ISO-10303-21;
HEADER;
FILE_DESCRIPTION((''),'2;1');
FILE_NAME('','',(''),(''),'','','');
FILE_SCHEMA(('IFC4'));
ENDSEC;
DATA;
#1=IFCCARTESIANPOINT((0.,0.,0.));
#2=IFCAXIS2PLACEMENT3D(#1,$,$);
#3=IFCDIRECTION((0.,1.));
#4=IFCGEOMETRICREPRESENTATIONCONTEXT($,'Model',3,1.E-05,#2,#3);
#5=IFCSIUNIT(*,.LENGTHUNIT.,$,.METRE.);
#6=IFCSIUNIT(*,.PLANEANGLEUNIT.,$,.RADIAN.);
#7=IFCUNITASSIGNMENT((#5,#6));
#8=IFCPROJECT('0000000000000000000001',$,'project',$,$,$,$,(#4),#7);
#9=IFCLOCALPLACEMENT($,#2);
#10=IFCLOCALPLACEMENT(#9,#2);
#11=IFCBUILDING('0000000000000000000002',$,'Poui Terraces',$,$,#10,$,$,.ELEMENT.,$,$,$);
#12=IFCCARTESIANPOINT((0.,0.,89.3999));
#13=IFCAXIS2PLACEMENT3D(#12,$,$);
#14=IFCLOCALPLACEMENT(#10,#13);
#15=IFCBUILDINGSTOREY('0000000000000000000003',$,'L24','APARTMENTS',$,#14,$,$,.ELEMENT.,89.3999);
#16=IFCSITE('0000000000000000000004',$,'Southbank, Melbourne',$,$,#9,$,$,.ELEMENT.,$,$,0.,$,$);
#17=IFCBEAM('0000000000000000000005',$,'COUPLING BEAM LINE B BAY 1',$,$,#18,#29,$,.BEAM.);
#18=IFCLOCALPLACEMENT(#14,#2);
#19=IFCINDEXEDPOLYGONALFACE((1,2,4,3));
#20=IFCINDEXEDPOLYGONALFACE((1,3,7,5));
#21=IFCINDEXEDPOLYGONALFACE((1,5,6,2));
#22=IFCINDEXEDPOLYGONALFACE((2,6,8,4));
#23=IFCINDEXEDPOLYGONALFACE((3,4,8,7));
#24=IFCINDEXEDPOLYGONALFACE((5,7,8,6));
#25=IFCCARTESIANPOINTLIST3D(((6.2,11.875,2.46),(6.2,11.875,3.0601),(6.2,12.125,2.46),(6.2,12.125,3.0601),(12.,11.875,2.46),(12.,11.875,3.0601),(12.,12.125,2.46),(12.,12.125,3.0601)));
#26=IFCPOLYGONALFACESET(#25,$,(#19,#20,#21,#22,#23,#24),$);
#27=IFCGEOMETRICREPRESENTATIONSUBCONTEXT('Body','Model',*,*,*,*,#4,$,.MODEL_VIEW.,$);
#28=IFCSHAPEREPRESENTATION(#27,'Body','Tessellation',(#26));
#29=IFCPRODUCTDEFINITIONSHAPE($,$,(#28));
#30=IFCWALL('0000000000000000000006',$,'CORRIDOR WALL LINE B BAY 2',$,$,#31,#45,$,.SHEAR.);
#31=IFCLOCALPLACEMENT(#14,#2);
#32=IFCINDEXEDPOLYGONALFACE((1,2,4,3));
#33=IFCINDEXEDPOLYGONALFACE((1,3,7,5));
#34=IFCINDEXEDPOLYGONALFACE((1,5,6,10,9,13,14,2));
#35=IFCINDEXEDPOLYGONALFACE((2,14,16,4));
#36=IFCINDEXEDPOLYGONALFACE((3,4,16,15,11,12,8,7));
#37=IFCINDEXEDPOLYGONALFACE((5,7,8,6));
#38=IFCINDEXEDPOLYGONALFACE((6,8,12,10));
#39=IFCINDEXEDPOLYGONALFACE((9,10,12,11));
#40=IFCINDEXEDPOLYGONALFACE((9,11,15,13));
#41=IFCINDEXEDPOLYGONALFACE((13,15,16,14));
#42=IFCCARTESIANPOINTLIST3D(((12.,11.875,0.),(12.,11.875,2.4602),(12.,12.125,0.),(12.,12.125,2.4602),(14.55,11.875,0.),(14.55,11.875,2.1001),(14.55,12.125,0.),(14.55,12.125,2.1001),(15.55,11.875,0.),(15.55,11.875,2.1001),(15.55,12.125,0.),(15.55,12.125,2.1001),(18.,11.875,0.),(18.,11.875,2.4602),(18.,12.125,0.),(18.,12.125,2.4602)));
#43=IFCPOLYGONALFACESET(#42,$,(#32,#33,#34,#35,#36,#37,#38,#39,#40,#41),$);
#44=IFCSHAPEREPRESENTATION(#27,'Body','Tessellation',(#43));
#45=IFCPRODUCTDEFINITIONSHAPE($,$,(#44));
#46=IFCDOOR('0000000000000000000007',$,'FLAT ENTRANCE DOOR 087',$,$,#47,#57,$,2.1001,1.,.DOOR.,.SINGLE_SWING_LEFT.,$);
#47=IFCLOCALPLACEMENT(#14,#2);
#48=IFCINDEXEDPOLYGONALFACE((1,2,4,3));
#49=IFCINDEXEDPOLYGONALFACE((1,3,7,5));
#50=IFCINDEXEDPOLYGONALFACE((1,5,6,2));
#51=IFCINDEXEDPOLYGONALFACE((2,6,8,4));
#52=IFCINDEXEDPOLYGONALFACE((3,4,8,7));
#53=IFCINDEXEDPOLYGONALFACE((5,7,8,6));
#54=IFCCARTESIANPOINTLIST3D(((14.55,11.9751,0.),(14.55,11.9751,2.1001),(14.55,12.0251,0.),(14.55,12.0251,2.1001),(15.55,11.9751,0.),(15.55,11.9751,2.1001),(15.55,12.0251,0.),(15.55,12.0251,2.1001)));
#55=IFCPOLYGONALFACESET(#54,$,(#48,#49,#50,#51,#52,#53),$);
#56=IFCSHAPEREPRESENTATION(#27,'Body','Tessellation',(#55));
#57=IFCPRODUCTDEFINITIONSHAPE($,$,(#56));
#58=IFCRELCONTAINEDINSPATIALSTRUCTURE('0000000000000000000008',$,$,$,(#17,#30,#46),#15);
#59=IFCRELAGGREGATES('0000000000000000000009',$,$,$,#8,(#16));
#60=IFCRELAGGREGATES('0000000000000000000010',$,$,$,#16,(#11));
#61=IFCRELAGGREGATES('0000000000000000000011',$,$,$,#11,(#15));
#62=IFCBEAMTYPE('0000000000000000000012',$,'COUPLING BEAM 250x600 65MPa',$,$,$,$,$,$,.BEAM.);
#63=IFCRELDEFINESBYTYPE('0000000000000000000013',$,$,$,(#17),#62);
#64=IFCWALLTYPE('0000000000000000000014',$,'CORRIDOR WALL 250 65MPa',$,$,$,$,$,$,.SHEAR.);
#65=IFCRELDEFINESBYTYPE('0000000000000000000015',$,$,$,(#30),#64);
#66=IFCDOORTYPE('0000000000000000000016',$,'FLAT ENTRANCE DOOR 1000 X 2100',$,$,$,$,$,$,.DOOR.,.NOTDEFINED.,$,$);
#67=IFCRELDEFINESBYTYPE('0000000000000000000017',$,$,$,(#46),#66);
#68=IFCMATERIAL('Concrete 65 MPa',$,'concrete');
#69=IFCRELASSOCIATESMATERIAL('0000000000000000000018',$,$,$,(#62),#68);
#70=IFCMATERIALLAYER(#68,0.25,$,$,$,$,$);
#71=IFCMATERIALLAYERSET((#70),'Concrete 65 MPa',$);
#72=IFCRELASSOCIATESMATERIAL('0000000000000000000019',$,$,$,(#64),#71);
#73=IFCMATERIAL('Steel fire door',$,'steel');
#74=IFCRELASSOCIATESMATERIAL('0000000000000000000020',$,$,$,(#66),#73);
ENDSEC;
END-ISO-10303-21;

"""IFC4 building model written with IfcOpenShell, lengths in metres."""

from ifc_helpers import new_model, si_unit, direction, frame, frame_2d, origin, origin_2d, place, context, subcontext, project, spatial, rectangle, extrude, source, transform, mapped, material, layer, layer_set, material_profile, profile_set, type_object, element, fill, save


model = new_model("IFC4")

# Units and contexts
model_context = context("Model", 3, precision=1e-05, world=origin(), true_north=direction((0.0, 1.0)))
body_context = subcontext(model_context, "Body", "Model", "MODEL_VIEW")
ifc_project = project(units=[si_unit("LENGTHUNIT", "METRE"), si_unit("PLANEANGLEUNIT", "RADIAN")], contexts=[model_context])

# Site, building, storey
site_placement = place(None, origin())
site = spatial("IfcSite", under=ifc_project, at=site_placement, Name="Southbank, Melbourne", CompositionType="ELEMENT", RefElevation=0.0)
building_placement = place(site_placement, origin())
building = spatial("IfcBuilding", under=site, at=building_placement, Name="Poui Terraces", CompositionType="ELEMENT")
storey_placement = place(building_placement, frame((0.0, 0.0, 89.3999)))
storey = spatial("IfcBuildingStorey", under=building, at=storey_placement, Name="L24", Description="APARTMENTS", CompositionType="ELEMENT", Elevation=89.3999)

# Beam
ifc_material_1 = material(Name="Concrete 65 MPa", Category="concrete")
ifc_material_profile = material_profile(ifc_material_1, rectangle(XDim=0.25, YDim=0.6001, at=origin_2d()), Name="RC 250x600")
ifc_profile_set = profile_set([ifc_material_profile], Name="Concrete 65 MPa")
beam_type = type_object("IfcBeamType", Name="COUPLING BEAM 250x600 65MPa", PredefinedType="BEAM", material=ifc_profile_set)
shared_shape = source(origin(), body_context, "Body", "SweptSolid", [
    extrude(rectangle(XDim=0.25, YDim=0.6001, at=origin_2d()), origin(), (0.0, 0.0, 1.0), 5.8),
])
beam_placement = place(storey_placement, frame((6.2, 12.0, 2.76), z_axis=(1.0, 0.0, 0.0), x_axis=(0.0, 1.0, 0.0)))
element("IfcBeam", 1, at=beam_placement, inside=storey, type_object=beam_type, Name="COUPLING BEAM LINE B BAY 1", PredefinedType="BEAM", context=body_context, shape_type="MappedRepresentation", body=[
    mapped(shared_shape, transform((0.0, 0.0, 0.0))),
])

# Wall, opening, door
ifc_layer_1 = layer(ifc_material_1, 0.25)
ifc_layer_set_1 = layer_set([ifc_layer_1], Name="Concrete 65 MPa")
wall_type_1 = type_object("IfcWallType", Name="CORRIDOR WALL 250 65MPa", PredefinedType="SHEAR", material=ifc_layer_set_1)
wall_1_placement = place(storey_placement, frame((12.0, 12.0, 0.0), z_axis=(0.0, 0.0, 1.0), x_axis=(1.0, 0.0, 0.0)))
wall_1 = element("IfcWall", 2, at=wall_1_placement, inside=storey, type_object=wall_type_1, Name="CORRIDOR WALL LINE B BAY 2", PredefinedType="SHEAR", context=body_context, shape_type="SweptSolid", body=[
    extrude(rectangle(XDim=6.0, YDim=0.25, at=frame_2d((3.0, 0.0))), origin(), (0.0, 0.0, 1.0), 2.4602),
])
opening_1_placement = place(wall_1_placement, frame((2.55, 0.0, 0.0)))
opening_1 = element("IfcOpeningElement", 3, at=opening_1_placement, cuts=wall_1, PredefinedType="OPENING", context=body_context, shape_type="SweptSolid", body=[
    extrude(rectangle(XDim=1.0, YDim=2.1001, at=frame_2d((0.5, 1.05))), frame((0.0, 0.135, 0.0), z_axis=(0.0, -1.0, 0.0), x_axis=(1.0, 0.0, 0.0)), (0.0, 0.0, 1.0), 0.27),
])
ifc_material_2 = material(Name="Steel fire door", Category="steel")
door_type_1 = type_object("IfcDoorType", Name="FLAT ENTRANCE DOOR 1000 X 2100", OperationType="NOTDEFINED", PredefinedType="DOOR", material=ifc_material_2)
door_1_placement = place(opening_1_placement, frame((1.0, 0.0, 0.0), z_axis=(0.0, 0.0, 1.0), x_axis=(-1.0, 0.0, 0.0)))
door_1 = element("IfcDoor", 4, at=door_1_placement, inside=storey, type_object=door_type_1, Name="FLAT ENTRANCE DOOR 087", OperationType="SINGLE_SWING_LEFT", OverallHeight=2.1001, OverallWidth=1.0, PredefinedType="DOOR", context=body_context, shape_type="SweptSolid", body=[
    extrude(rectangle(XDim=1.0, YDim=2.1001, at=frame_2d((0.5, 1.05))), frame((0.0, 0.0249, 0.0), z_axis=(0.0, -1.0, 0.0), x_axis=(1.0, 0.0, 0.0)), (0.0, 0.0, 1.0), 0.05),
])
fill(opening_1, door_1)

save(model, "model.ifc")
